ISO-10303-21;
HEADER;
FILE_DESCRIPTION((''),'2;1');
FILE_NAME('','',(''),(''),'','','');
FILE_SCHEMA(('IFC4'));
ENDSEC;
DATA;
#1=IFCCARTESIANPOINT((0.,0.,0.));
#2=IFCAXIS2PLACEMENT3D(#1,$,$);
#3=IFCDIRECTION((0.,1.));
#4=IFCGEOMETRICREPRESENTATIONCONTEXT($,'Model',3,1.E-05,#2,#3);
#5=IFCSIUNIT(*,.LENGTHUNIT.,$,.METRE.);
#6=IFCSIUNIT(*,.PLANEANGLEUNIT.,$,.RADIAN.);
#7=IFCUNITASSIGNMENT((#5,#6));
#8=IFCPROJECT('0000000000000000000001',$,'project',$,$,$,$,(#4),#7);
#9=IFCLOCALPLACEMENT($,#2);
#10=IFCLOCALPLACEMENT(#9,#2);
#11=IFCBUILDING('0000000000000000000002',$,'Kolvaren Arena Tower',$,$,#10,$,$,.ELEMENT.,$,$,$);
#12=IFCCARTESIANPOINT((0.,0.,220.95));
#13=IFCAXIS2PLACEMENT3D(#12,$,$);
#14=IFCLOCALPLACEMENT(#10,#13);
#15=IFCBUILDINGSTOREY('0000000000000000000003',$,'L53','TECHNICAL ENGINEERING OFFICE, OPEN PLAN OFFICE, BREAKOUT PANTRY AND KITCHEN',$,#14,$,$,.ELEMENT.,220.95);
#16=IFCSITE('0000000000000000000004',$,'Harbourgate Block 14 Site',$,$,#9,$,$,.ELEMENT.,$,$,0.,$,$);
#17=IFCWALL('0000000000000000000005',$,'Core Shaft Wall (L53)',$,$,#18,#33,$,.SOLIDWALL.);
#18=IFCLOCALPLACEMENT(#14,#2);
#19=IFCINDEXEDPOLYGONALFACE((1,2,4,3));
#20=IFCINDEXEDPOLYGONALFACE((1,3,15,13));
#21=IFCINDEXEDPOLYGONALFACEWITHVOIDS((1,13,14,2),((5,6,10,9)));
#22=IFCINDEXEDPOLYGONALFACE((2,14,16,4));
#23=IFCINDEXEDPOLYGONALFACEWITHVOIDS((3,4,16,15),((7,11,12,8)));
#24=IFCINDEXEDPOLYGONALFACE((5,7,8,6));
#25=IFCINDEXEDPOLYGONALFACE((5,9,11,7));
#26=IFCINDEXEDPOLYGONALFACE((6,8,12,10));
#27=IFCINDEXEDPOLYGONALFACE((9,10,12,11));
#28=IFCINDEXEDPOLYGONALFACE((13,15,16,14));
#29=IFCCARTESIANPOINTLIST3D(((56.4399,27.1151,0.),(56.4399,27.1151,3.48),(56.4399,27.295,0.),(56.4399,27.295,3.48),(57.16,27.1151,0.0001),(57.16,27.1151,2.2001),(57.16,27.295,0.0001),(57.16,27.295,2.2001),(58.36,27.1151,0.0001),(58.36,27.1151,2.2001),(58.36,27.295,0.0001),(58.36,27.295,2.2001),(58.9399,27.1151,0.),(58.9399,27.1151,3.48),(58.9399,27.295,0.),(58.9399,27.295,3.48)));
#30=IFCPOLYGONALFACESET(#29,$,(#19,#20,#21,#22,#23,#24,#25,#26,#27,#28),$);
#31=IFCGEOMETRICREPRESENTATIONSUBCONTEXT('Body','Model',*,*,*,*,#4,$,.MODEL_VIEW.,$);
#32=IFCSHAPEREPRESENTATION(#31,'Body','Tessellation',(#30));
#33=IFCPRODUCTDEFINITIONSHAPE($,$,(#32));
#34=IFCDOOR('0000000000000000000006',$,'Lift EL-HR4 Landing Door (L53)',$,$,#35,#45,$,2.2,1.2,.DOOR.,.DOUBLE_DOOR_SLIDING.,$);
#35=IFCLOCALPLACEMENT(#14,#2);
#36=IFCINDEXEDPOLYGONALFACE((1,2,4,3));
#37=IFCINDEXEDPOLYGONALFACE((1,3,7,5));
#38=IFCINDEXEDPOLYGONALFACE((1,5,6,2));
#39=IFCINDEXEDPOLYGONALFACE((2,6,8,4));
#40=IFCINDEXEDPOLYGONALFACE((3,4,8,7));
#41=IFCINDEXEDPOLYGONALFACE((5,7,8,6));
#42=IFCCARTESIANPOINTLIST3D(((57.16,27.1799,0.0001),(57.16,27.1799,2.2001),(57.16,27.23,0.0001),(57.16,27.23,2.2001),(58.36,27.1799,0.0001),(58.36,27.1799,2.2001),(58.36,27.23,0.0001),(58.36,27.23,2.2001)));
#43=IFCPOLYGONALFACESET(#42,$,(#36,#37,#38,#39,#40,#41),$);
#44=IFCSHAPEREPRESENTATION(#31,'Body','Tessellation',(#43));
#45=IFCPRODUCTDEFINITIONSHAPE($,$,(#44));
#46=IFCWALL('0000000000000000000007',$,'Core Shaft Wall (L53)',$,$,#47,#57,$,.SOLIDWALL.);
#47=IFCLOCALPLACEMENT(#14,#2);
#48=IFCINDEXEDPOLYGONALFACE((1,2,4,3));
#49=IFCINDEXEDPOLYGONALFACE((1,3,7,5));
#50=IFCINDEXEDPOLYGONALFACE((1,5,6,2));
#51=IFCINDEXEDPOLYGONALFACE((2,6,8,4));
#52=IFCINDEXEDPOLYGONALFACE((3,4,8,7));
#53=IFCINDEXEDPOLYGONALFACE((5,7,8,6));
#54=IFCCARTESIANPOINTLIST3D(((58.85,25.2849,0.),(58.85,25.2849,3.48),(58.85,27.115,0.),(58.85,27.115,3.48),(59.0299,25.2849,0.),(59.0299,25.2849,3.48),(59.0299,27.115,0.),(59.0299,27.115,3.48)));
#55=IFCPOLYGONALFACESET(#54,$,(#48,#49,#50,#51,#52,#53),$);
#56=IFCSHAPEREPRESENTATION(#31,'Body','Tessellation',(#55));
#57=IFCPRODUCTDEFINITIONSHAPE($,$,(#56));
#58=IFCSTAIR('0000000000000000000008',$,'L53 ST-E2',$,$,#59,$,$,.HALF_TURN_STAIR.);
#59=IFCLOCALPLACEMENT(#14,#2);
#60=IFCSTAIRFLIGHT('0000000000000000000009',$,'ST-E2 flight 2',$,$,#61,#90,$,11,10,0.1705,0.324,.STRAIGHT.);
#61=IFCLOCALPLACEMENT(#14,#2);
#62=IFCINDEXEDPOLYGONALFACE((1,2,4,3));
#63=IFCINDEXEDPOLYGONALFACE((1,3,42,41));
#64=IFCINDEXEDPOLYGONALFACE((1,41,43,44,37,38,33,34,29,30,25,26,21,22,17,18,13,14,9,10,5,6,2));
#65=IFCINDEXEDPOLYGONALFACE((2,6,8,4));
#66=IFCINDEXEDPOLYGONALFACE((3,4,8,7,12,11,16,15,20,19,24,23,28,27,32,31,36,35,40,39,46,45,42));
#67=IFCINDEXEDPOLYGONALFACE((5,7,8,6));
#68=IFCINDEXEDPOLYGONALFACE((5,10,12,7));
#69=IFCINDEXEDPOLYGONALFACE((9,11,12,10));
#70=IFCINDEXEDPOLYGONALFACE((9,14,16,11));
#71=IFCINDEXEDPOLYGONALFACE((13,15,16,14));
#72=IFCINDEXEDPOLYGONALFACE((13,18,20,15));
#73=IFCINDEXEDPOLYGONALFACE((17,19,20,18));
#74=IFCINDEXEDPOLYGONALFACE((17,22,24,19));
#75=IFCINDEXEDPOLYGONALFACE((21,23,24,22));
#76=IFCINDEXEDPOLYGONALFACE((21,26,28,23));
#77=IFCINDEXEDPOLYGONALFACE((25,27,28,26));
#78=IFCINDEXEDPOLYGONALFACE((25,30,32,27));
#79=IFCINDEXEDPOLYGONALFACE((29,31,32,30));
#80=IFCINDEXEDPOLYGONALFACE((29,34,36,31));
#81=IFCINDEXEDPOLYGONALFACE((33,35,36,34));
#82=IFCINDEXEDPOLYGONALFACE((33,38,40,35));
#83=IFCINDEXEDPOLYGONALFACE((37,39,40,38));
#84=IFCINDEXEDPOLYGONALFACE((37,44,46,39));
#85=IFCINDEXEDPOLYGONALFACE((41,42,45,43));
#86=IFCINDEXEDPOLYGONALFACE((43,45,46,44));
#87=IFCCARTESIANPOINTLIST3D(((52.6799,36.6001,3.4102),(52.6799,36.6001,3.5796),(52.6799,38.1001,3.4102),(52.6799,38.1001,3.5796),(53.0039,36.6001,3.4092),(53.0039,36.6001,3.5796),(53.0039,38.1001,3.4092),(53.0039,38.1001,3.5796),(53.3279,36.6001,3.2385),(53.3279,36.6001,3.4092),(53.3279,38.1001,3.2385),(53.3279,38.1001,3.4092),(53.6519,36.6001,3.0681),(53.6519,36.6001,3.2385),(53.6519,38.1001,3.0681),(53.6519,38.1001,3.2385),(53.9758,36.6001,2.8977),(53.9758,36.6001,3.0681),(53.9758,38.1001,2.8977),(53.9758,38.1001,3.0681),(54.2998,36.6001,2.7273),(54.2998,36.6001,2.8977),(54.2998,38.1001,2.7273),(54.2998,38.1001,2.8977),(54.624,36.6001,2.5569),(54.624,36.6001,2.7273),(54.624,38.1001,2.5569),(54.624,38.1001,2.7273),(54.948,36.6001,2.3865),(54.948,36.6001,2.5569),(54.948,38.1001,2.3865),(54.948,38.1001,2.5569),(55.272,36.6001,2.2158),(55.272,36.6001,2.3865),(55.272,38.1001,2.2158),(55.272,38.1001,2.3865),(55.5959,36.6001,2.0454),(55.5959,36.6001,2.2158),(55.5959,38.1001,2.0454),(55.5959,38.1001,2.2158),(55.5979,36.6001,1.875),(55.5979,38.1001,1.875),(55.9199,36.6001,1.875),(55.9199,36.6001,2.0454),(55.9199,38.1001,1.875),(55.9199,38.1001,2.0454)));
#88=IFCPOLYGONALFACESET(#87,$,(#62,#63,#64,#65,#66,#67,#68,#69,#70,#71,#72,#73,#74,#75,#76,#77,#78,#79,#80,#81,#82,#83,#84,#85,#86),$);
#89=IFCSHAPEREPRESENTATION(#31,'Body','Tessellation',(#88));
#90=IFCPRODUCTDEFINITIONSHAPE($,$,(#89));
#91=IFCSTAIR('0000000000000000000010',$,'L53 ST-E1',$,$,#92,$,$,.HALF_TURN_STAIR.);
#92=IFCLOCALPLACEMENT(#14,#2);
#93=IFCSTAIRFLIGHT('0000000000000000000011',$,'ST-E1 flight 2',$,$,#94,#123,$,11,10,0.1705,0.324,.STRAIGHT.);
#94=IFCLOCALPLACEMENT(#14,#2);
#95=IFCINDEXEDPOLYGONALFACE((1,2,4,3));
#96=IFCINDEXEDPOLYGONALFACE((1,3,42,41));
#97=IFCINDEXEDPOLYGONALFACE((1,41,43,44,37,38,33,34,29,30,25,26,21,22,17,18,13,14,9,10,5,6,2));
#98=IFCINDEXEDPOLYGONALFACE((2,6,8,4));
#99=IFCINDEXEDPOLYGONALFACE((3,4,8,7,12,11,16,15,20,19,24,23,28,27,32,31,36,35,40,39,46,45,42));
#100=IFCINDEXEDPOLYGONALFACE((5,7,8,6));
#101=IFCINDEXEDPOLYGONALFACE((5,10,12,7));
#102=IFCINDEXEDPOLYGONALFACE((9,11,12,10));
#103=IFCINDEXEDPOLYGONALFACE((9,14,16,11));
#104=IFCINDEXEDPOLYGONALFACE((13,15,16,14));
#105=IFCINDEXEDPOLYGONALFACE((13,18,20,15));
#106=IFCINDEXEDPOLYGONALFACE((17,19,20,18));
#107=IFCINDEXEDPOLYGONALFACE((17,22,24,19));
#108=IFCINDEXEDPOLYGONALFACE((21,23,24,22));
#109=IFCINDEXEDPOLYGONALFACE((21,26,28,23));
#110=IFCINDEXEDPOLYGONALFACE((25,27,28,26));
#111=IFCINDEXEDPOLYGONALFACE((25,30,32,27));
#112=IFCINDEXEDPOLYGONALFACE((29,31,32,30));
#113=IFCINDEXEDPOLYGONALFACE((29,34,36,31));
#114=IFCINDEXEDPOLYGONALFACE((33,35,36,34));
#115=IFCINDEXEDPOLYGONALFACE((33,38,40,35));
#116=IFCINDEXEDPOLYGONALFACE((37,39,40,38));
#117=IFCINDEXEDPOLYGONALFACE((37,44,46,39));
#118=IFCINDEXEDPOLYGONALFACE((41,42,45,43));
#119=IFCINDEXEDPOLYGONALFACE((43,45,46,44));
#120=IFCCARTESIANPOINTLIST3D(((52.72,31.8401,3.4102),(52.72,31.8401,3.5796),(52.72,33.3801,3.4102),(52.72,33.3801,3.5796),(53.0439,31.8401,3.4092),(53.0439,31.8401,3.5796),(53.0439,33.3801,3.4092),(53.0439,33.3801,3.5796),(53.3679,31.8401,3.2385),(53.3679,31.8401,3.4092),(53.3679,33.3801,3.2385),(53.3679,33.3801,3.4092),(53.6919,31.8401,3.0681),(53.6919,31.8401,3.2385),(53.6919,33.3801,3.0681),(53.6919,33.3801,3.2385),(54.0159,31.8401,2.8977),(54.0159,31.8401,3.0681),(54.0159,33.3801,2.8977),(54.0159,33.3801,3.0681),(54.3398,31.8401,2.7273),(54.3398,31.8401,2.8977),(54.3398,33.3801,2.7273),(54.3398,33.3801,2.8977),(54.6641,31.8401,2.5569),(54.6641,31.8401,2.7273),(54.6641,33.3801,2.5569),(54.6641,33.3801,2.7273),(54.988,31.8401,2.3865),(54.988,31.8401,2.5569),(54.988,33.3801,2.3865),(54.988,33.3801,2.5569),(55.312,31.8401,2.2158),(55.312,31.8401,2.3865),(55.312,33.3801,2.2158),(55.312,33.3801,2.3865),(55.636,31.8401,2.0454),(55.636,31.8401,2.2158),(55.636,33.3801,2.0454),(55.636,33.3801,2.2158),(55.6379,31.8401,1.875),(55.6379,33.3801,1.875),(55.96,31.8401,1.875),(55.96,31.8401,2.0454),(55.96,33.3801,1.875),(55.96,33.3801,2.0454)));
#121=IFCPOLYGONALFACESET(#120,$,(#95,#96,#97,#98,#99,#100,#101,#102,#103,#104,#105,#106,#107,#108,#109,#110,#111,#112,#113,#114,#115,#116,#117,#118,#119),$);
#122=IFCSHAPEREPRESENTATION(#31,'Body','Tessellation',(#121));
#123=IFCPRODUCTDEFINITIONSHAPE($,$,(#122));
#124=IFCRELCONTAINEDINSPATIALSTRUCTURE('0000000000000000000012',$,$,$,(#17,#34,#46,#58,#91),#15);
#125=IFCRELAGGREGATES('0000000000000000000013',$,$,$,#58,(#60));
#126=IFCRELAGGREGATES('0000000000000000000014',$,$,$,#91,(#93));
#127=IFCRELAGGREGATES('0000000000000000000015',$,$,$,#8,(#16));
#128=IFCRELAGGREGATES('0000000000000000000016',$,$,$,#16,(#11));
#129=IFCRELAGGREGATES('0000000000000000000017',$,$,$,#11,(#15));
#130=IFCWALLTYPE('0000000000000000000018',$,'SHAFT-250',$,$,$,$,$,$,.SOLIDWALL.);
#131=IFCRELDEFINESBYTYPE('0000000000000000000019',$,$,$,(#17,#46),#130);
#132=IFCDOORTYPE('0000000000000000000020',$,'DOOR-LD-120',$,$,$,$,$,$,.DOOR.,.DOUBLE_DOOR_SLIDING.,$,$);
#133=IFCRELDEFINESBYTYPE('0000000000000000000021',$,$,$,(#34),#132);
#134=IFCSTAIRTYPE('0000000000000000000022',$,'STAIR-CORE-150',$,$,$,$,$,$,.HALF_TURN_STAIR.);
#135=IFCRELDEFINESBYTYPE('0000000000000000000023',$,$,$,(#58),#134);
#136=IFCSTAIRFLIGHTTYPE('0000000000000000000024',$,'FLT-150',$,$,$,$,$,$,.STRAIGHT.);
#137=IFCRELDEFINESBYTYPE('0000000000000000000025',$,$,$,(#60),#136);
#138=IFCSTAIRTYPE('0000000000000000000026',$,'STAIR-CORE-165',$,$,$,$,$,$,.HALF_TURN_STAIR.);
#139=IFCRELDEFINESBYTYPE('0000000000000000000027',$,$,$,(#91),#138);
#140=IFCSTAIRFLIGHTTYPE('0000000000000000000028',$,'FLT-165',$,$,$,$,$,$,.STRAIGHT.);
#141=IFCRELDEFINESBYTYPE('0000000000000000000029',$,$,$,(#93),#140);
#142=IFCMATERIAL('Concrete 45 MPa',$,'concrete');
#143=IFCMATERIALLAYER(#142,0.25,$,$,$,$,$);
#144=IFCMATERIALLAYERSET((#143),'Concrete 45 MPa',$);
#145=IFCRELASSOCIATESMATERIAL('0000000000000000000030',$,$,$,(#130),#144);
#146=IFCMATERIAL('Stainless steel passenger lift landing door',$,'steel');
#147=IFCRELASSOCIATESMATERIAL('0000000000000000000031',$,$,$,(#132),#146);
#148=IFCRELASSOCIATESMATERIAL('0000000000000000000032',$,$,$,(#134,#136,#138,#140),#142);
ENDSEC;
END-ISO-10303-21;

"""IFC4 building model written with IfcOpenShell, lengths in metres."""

from ifc_helpers import new_model, si_unit, direction, frame, frame_2d, origin, place, context, subcontext, project, spatial, polyline, rectangle, outline, extrude, material, layer, layer_set, type_object, element, fill, aggregate, save


model = new_model("IFC4")

# Units and contexts
model_context = context("Model", 3, precision=1e-05, world=origin(), true_north=direction((0.0, 1.0)))
body_context = subcontext(model_context, "Body", "Model", "MODEL_VIEW")
ifc_project = project(units=[si_unit("LENGTHUNIT", "METRE"), si_unit("PLANEANGLEUNIT", "RADIAN")], contexts=[model_context])

# Site, building, storey
site_placement = place(None, origin())
site = spatial("IfcSite", under=ifc_project, at=site_placement, Name="Harbourgate Block 14 Site", CompositionType="ELEMENT", RefElevation=0.0)
building_placement = place(site_placement, origin())
building = spatial("IfcBuilding", under=site, at=building_placement, Name="Kolvaren Arena Tower", CompositionType="ELEMENT")
storey_placement = place(building_placement, frame((0.0, 0.0, 220.95)))
storey = spatial("IfcBuildingStorey", under=building, at=storey_placement, Name="L53", Description="TECHNICAL ENGINEERING OFFICE, OPEN PLAN OFFICE, BREAKOUT PANTRY AND KITCHEN", CompositionType="ELEMENT", Elevation=220.95)

# Shared definitions
ifc_material_1 = material(Name="Concrete 45 MPa", Category="concrete")
ifc_layer = layer(ifc_material_1, 0.25)
ifc_layer_set = layer_set([ifc_layer], Name="Concrete 45 MPa")
wall_type = type_object("IfcWallType", Name="SHAFT-250", PredefinedType="SOLIDWALL", material=ifc_layer_set)

# Wall, opening, door
wall_1_placement = place(storey_placement, frame((56.4399, 27.2051, 0.0), z_axis=(0.0, 0.0, 1.0), x_axis=(1.0, 0.0, 0.0)))
wall_1 = element("IfcWall", 1, at=wall_1_placement, inside=storey, type_object=wall_type, Name="Core Shaft Wall (L53)", PredefinedType="SOLIDWALL", context=body_context, shape_type="SweptSolid", body=[
    extrude(rectangle(XDim=2.5, YDim=0.1799, at=frame_2d((1.25, 0.0))), origin(), (0.0, 0.0, 1.0), 3.48),
])
opening_1_placement = place(wall_1_placement, frame((0.72, 0.0, 0.0)))
opening_1 = element("IfcOpeningElement", 2, at=opening_1_placement, cuts=wall_1, PredefinedType="OPENING", context=body_context, shape_type="SweptSolid", body=[
    extrude(rectangle(XDim=1.2, YDim=2.2, at=frame_2d((0.6001, 1.1001))), frame((0.0, 0.0999, 0.0), z_axis=(0.0, -1.0, 0.0), x_axis=(1.0, 0.0, 0.0)), (0.0, 0.0, 1.0), 0.2),
])
ifc_material_2 = material(Name="Stainless steel passenger lift landing door", Category="steel")
door_type_1 = type_object("IfcDoorType", Name="DOOR-LD-120", OperationType="DOUBLE_DOOR_SLIDING", PredefinedType="DOOR", material=ifc_material_2)
door_1_placement = place(opening_1_placement, origin())
door_1 = element("IfcDoor", 3, at=door_1_placement, inside=storey, type_object=door_type_1, Name="Lift EL-HR4 Landing Door (L53)", OperationType="DOUBLE_DOOR_SLIDING", OverallHeight=2.2, OverallWidth=1.2, PredefinedType="DOOR", context=body_context, shape_type="SweptSolid", body=[
    extrude(rectangle(XDim=1.2, YDim=2.2, at=frame_2d((0.6001, 1.1001))), frame((0.0, 0.0249, 0.0), z_axis=(0.0, -1.0, 0.0), x_axis=(1.0, 0.0, 0.0)), (0.0, 0.0, 1.0), 0.05),
])
fill(opening_1, door_1)

# Wall
wall_2_placement = place(storey_placement, frame((58.9399, 25.2849, 0.0), z_axis=(0.0, 0.0, 1.0), x_axis=(0.0, 1.0, 0.0)))
element("IfcWall", 4, at=wall_2_placement, inside=storey, type_object=wall_type, Name="Core Shaft Wall (L53)", PredefinedType="SOLIDWALL", context=body_context, shape_type="SweptSolid", body=[
    extrude(rectangle(XDim=1.8301, YDim=0.1799, at=frame_2d((0.915, 0.0))), origin(), (0.0, 0.0, 1.0), 3.48),
])

# Stairs, stair flights
stair_type_1 = type_object("IfcStairType", Name="STAIR-CORE-150", PredefinedType="HALF_TURN_STAIR", material=ifc_material_1)
stair_1_placement = place(storey_placement, origin())
stair_1 = element("IfcStair", 5, at=stair_1_placement, inside=storey, type_object=stair_type_1, Name="L53 ST-E2", PredefinedType="HALF_TURN_STAIR")
stair_flight_type_1 = type_object("IfcStairFlightType", Name="FLT-150", PredefinedType="STRAIGHT", material=ifc_material_1)
stair_flight_1_placement = place(storey_placement, frame((55.9199, 37.3501, 1.875), z_axis=(0.0, 0.0, 1.0), x_axis=(-1.0, 0.0, 0.0)))
stair_flight_1 = element("IfcStairFlight", 6, at=stair_flight_1_placement, type_object=stair_flight_type_1, Name="ST-E2 flight 2", NumberOfRisers=11, NumberOfTreads=10, PredefinedType="STRAIGHT", RiserHeight=0.1705, TreadLength=0.324, context=body_context, shape_type="SweptSolid", body=[
    extrude(outline(polyline([(0.0, 0.0), (0.0, 0.1704), (0.324, 0.1704), (0.324, 0.3408), (0.6479, 0.3408), (0.6479, 0.5115), (0.9719, 0.5115), (0.9719, 0.6819), (1.2959, 0.6819), (1.2959, 0.8523), (1.6201, 0.8523), (1.6201, 1.0227), (1.9441, 1.0227), (1.9441, 1.1931), (2.2681, 1.1931), (2.2681, 1.3635), (2.592, 1.3635), (2.592, 1.5342), (2.916, 1.5342), (2.916, 1.7046), (3.24, 1.7046), (3.24, 1.875), (3.24, 1.5352), (0.322, 0.0), (0.0, 0.0)])), frame((0.0, 0.75, 0.0), z_axis=(0.0, -1.0, 0.0), x_axis=(1.0, 0.0, 0.0)), (0.0, 0.0, 1.0), 1.5),
])
aggregate(stair_1, [stair_flight_1])
stair_type_2 = type_object("IfcStairType", Name="STAIR-CORE-165", PredefinedType="HALF_TURN_STAIR", material=ifc_material_1)
stair_2_placement = place(storey_placement, origin())
stair_2 = element("IfcStair", 7, at=stair_2_placement, inside=storey, type_object=stair_type_2, Name="L53 ST-E1", PredefinedType="HALF_TURN_STAIR")
stair_flight_type_2 = type_object("IfcStairFlightType", Name="FLT-165", PredefinedType="STRAIGHT", material=ifc_material_1)
stair_flight_2_placement = place(storey_placement, frame((55.96, 32.6101, 1.875), z_axis=(0.0, 0.0, 1.0), x_axis=(-1.0, 0.0, 0.0)))
stair_flight_2 = element("IfcStairFlight", 8, at=stair_flight_2_placement, type_object=stair_flight_type_2, Name="ST-E1 flight 2", NumberOfRisers=11, NumberOfTreads=10, PredefinedType="STRAIGHT", RiserHeight=0.1705, TreadLength=0.324, context=body_context, shape_type="SweptSolid", body=[
    extrude(outline(polyline([(0.0, 0.0), (0.0, 0.1704), (0.324, 0.1704), (0.324, 0.3408), (0.6479, 0.3408), (0.6479, 0.5115), (0.9719, 0.5115), (0.9719, 0.6819), (1.2959, 0.6819), (1.2959, 0.8523), (1.6201, 0.8523), (1.6201, 1.0227), (1.9441, 1.0227), (1.9441, 1.1931), (2.2681, 1.1931), (2.2681, 1.3635), (2.592, 1.3635), (2.592, 1.5342), (2.916, 1.5342), (2.916, 1.7046), (3.24, 1.7046), (3.24, 1.875), (3.24, 1.5352), (0.322, 0.0), (0.0, 0.0)])), frame((0.0, 0.77, 0.0), z_axis=(0.0, -1.0, 0.0), x_axis=(1.0, 0.0, 0.0)), (0.0, 0.0, 1.0), 1.54),
])
aggregate(stair_2, [stair_flight_2])

save(model, "model.ifc")
